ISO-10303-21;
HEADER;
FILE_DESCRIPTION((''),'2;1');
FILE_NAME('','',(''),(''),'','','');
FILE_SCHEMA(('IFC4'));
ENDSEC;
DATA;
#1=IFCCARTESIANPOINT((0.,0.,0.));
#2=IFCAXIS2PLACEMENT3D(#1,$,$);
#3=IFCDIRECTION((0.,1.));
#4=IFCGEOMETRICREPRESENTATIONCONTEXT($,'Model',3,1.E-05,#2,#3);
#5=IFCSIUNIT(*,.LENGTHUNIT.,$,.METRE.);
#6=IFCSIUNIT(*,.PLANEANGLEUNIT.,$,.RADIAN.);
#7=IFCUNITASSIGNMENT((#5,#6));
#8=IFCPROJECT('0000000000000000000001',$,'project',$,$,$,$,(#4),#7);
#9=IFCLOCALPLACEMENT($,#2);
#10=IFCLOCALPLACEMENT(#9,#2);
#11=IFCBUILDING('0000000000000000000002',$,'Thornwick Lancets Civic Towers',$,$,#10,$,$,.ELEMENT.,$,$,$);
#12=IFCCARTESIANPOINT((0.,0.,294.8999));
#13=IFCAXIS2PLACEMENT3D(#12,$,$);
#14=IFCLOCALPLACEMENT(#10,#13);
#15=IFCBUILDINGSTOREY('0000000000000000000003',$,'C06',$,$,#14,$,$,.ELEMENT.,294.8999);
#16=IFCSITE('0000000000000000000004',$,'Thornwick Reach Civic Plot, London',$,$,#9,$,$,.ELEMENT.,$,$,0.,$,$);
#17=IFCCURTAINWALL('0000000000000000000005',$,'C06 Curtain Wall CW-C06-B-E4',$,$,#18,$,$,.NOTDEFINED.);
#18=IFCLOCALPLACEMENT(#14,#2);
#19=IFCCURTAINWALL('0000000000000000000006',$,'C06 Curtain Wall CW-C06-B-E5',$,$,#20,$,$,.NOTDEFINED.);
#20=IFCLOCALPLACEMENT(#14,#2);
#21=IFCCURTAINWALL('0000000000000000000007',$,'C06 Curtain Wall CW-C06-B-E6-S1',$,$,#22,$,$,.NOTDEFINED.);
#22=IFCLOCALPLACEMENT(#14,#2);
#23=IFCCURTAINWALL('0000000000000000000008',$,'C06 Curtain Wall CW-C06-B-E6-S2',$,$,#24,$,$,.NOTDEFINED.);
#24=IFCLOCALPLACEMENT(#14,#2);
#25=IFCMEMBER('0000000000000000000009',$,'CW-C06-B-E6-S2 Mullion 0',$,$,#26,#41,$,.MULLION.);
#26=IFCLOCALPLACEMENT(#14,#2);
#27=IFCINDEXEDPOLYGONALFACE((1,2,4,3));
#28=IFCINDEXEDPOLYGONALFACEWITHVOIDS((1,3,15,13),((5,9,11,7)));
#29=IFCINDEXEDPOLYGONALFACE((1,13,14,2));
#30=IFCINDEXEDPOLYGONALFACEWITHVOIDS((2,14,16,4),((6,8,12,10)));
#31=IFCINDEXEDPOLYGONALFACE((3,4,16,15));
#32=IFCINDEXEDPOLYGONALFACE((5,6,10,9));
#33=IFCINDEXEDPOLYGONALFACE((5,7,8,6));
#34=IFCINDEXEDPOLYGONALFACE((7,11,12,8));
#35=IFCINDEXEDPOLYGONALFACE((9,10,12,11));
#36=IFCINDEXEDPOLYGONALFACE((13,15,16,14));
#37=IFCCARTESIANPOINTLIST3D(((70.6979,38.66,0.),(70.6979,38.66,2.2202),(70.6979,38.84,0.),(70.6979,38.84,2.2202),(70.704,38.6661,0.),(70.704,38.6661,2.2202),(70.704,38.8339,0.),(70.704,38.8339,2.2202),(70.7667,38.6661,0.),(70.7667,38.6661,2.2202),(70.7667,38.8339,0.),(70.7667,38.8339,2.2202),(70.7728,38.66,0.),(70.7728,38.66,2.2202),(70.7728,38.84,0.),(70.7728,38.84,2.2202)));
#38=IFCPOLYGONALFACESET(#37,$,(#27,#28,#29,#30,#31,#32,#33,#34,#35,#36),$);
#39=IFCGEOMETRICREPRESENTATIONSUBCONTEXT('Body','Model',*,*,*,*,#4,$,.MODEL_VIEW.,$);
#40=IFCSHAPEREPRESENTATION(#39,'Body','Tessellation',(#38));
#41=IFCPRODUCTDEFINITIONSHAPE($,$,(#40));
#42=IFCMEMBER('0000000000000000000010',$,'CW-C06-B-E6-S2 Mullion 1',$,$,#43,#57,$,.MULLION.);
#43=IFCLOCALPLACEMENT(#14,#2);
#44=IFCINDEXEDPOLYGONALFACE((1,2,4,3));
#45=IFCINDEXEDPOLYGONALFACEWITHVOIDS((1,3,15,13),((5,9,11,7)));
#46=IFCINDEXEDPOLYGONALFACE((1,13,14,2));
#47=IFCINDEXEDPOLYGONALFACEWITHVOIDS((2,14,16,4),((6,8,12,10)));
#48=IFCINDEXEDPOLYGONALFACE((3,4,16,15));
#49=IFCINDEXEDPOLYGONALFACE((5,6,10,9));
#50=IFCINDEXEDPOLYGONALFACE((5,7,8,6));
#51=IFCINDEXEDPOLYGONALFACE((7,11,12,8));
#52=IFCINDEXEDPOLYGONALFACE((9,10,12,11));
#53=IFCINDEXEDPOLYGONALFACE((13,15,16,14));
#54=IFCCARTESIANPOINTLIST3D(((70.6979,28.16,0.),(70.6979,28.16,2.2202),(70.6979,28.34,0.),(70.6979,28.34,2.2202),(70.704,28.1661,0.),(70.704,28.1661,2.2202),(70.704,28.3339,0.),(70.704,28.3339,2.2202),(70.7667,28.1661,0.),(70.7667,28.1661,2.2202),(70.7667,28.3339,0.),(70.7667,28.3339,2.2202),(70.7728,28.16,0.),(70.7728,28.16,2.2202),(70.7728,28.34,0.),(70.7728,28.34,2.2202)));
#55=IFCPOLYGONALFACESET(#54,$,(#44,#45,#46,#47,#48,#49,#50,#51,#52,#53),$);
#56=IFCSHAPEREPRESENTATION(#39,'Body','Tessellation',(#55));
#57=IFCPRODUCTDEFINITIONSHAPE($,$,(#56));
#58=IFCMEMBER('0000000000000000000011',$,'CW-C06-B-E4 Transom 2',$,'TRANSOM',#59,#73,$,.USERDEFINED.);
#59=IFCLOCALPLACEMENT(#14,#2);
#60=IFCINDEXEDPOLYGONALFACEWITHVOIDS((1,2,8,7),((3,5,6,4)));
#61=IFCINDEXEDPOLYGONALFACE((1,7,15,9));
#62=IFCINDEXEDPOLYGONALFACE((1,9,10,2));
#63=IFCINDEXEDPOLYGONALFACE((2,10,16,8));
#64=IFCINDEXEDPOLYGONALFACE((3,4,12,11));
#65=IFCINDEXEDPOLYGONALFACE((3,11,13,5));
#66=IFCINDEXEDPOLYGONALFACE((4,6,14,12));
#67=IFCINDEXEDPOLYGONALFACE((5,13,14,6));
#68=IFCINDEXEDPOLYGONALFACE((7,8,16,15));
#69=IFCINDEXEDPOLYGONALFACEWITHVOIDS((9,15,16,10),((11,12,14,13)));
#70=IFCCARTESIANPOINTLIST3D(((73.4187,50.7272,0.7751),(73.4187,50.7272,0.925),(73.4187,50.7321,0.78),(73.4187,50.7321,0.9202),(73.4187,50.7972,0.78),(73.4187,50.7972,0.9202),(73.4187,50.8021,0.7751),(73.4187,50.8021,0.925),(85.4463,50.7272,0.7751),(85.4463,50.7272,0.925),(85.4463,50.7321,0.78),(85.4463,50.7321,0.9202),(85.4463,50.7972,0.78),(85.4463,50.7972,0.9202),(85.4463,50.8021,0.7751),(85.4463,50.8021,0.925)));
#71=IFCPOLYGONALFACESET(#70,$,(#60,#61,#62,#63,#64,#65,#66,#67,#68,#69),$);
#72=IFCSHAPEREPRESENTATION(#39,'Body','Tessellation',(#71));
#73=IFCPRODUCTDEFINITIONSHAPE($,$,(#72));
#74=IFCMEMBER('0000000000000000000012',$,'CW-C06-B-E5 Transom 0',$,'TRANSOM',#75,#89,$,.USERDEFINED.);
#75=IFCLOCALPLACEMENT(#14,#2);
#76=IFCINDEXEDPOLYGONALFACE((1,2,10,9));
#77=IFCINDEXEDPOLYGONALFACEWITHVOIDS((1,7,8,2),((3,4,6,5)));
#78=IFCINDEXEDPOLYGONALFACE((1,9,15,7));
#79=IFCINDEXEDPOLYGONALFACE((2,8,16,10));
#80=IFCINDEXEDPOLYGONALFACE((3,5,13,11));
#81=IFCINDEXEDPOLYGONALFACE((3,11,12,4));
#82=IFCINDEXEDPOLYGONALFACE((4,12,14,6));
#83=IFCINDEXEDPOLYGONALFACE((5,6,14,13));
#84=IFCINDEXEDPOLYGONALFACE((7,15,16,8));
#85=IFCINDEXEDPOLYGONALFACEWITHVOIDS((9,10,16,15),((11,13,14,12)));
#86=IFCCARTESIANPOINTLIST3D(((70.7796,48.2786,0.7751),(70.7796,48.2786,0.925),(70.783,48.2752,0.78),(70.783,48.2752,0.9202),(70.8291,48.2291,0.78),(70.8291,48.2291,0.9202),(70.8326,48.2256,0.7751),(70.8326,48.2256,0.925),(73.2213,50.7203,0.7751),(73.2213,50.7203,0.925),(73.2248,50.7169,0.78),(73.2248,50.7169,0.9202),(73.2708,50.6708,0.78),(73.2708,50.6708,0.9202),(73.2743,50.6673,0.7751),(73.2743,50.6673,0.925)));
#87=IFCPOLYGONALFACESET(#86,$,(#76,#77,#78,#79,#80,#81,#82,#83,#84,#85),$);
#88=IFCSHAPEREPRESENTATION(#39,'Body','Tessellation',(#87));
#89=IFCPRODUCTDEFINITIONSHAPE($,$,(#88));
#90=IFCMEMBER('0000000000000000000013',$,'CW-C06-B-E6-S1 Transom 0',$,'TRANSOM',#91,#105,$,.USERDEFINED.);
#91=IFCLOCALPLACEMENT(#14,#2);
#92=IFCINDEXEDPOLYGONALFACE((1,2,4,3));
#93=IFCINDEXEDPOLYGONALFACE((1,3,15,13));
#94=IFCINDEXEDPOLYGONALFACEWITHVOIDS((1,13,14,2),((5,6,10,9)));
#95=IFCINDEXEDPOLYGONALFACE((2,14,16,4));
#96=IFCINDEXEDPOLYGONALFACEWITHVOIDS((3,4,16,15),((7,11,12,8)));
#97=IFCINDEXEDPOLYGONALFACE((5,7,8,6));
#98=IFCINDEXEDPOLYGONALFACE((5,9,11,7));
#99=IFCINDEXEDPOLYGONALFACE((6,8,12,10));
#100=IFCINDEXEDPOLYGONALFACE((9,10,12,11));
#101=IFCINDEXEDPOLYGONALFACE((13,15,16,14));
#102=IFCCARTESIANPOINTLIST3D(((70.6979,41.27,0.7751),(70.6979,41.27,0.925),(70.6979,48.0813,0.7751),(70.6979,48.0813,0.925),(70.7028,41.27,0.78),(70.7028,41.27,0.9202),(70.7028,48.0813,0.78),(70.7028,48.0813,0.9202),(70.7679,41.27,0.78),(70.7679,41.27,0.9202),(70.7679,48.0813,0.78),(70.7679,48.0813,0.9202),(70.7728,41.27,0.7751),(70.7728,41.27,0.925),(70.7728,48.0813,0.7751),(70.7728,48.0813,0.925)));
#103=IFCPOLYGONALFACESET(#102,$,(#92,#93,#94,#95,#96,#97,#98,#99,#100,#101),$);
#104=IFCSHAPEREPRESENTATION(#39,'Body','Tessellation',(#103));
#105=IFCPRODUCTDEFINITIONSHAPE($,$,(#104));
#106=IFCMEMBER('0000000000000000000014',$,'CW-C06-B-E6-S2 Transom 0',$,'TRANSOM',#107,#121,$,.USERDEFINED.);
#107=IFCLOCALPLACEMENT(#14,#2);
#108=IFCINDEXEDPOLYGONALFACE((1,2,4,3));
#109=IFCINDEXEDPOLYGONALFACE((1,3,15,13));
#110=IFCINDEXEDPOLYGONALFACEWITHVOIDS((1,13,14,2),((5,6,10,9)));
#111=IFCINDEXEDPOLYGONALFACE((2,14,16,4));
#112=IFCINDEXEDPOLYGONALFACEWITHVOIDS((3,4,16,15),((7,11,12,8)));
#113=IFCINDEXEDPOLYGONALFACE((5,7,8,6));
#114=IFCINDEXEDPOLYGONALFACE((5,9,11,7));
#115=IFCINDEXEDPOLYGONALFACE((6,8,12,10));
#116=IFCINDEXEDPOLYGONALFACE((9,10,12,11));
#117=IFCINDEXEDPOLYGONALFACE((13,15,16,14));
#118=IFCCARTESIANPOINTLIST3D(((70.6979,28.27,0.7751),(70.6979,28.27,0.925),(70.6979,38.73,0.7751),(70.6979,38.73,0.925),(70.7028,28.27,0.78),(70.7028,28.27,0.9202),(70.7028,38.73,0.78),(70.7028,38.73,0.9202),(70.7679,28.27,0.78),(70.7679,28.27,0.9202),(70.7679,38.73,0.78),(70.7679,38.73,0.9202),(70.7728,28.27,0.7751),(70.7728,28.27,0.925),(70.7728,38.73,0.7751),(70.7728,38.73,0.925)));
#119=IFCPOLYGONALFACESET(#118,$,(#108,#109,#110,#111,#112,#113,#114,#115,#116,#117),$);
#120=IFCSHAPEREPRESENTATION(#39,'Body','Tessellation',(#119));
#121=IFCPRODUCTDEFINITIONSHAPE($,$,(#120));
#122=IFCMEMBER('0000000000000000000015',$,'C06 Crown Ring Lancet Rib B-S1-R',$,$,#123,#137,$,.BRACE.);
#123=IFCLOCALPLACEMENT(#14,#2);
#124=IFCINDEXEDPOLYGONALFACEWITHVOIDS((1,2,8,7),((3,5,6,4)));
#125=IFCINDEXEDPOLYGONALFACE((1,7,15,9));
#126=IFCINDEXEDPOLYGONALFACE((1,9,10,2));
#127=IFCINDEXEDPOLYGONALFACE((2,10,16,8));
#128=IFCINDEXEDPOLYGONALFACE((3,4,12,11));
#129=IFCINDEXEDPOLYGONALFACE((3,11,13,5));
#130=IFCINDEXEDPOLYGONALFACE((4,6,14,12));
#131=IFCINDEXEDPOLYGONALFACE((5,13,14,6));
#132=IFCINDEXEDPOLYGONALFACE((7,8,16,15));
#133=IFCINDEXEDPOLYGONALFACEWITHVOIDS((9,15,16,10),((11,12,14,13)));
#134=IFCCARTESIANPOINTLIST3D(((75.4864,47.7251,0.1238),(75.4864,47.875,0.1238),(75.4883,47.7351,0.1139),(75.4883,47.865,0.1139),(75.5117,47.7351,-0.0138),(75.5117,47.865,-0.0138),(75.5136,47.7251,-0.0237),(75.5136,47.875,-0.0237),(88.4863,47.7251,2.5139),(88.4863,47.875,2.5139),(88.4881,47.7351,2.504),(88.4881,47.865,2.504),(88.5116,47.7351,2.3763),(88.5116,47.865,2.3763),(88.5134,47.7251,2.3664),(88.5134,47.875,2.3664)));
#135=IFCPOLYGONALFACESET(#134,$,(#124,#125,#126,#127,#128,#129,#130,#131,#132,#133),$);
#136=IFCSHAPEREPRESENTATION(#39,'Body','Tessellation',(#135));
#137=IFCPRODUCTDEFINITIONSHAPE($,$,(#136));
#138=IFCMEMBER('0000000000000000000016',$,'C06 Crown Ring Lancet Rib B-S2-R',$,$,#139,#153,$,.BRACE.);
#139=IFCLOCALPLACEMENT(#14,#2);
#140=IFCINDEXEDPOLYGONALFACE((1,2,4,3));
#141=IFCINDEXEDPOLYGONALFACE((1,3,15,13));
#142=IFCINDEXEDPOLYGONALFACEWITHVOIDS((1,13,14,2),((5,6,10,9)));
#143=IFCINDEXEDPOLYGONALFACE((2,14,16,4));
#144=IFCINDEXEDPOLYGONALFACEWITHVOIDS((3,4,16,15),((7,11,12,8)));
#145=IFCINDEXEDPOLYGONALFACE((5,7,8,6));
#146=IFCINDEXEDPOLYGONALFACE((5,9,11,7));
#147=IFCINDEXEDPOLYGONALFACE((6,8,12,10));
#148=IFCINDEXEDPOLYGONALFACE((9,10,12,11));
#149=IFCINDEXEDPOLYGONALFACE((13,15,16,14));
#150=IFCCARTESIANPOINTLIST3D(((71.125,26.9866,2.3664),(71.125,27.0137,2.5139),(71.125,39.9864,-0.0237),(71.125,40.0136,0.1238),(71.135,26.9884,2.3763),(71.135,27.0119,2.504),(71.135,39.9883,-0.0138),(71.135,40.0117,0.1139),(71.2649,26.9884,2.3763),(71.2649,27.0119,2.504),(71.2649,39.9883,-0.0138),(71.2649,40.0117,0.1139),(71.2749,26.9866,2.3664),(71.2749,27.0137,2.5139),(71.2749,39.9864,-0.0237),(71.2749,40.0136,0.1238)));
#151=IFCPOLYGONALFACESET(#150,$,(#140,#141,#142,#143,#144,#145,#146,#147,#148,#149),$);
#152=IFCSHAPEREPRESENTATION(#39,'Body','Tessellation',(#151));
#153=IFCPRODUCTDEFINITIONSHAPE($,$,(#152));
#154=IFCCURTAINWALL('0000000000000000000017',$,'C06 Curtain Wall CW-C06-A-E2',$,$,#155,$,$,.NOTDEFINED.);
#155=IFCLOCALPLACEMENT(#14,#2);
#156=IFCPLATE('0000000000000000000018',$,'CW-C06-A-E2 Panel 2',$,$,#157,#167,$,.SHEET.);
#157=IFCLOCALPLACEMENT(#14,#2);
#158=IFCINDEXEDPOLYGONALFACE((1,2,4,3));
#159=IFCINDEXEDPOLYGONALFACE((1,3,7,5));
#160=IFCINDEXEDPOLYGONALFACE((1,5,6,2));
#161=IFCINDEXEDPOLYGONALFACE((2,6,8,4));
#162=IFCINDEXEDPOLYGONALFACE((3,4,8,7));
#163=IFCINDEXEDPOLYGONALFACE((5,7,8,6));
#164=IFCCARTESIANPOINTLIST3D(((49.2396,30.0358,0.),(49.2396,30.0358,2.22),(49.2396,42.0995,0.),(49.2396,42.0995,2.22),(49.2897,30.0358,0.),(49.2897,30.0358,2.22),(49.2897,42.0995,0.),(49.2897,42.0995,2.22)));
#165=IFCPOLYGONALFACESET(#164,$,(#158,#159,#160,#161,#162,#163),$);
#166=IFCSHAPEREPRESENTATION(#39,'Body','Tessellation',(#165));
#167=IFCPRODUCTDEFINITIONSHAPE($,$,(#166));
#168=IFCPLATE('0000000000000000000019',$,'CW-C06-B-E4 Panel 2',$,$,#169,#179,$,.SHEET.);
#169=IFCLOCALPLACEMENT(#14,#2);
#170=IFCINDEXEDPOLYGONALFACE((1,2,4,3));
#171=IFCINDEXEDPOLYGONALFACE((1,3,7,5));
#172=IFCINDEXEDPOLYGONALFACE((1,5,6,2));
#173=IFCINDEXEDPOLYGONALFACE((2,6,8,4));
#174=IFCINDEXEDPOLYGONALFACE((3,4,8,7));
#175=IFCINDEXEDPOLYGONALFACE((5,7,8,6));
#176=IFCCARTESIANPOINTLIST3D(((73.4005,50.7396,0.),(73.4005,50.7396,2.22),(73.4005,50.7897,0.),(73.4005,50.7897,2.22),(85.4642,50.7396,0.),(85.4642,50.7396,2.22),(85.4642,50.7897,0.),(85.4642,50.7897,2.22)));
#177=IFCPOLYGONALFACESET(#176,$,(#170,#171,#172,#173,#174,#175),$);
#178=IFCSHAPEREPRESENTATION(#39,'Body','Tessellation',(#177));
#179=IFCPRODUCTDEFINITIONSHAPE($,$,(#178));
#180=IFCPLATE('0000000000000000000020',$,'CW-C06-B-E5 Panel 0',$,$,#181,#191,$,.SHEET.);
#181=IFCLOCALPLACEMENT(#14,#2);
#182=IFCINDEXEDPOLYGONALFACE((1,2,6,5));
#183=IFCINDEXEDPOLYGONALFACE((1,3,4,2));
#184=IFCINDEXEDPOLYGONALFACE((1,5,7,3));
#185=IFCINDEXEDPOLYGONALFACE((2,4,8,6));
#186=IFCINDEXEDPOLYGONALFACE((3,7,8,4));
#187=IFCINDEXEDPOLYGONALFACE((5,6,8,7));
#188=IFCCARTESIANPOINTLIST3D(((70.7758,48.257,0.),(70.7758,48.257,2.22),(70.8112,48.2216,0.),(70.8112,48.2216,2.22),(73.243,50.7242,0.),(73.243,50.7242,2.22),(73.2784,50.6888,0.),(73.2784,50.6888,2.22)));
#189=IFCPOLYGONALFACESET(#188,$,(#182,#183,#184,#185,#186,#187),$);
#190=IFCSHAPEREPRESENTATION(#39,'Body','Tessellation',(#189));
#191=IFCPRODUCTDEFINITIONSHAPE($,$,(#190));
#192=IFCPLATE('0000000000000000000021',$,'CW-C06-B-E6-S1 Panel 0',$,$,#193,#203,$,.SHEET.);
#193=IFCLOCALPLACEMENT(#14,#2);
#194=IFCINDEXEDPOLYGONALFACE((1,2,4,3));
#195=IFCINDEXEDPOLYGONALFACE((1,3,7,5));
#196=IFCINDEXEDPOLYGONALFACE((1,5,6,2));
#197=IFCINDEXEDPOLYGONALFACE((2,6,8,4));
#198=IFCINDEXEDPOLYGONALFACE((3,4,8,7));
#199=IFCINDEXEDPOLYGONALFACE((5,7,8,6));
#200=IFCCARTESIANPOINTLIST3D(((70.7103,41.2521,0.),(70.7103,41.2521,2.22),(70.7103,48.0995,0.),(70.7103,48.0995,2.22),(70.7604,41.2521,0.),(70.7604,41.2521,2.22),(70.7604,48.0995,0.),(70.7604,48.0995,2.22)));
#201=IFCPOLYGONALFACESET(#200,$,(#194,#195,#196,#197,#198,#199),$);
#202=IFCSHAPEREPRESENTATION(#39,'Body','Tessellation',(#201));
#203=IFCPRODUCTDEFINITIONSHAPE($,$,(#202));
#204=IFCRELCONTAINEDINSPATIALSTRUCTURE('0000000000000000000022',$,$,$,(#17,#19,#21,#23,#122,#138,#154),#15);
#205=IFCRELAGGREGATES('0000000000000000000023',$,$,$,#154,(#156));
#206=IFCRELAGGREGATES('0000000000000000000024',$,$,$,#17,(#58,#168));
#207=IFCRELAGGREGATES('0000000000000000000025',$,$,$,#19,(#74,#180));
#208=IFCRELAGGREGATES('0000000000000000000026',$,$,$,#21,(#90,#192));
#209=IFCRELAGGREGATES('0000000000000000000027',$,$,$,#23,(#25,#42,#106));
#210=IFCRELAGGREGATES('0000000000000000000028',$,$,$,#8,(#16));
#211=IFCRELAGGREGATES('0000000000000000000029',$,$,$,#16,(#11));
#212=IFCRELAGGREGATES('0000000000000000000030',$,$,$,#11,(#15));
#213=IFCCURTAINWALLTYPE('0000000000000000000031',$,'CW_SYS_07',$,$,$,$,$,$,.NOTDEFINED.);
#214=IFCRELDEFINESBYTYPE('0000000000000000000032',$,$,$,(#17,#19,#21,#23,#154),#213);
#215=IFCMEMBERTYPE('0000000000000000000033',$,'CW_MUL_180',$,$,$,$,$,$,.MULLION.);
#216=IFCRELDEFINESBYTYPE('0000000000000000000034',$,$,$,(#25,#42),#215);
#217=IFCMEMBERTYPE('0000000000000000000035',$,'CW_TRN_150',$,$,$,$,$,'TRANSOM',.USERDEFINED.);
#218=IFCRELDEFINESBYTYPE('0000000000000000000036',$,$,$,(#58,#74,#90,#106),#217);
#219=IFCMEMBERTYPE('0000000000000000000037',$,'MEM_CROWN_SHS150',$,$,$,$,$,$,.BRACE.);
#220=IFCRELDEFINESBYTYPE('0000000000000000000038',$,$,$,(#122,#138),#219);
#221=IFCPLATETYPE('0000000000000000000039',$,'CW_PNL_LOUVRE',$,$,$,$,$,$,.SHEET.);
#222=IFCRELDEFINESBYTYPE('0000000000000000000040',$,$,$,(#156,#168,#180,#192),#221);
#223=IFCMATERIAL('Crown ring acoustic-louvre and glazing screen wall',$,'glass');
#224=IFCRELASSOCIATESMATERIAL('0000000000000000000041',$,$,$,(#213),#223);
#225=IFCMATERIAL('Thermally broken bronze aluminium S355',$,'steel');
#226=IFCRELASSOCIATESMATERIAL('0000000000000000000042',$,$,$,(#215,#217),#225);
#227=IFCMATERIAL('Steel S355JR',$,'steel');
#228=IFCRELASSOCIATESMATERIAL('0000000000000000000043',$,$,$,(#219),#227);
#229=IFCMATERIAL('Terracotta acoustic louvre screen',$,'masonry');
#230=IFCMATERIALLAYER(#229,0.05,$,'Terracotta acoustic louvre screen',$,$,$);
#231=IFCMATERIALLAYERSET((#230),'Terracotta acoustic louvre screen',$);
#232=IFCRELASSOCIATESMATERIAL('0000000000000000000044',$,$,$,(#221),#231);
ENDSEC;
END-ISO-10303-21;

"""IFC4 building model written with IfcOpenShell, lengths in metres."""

from ifc_helpers import new_model, si_unit, direction, frame, origin, origin_2d, place, context, subcontext, project, spatial, rectangle, hollow_rectangle, extrude, material, layer, layer_set, material_profile, profile_set, type_object, element, aggregate, save


model = new_model("IFC4")

# Units and contexts
model_context = context("Model", 3, precision=1e-05, world=origin(), true_north=direction((0.0, 1.0)))
body_context = subcontext(model_context, "Body", "Model", "MODEL_VIEW")
ifc_project = project(units=[si_unit("LENGTHUNIT", "METRE"), si_unit("PLANEANGLEUNIT", "RADIAN")], contexts=[model_context])

# Site, building, storey
site_placement = place(None, origin())
site = spatial("IfcSite", under=ifc_project, at=site_placement, Name="Thornwick Reach Civic Plot, London", CompositionType="ELEMENT", RefElevation=0.0)
building_placement = place(site_placement, origin())
building = spatial("IfcBuilding", under=site, at=building_placement, Name="Thornwick Lancets Civic Towers", CompositionType="ELEMENT")
storey_placement = place(building_placement, frame((0.0, 0.0, 294.8999)))
storey = spatial("IfcBuildingStorey", under=building, at=storey_placement, Name="C06", CompositionType="ELEMENT", Elevation=294.8999)

# Shared definitions
ifc_material_1 = material(Name="Steel S355JR", Category="steel")

# Curtain walls, members
ifc_material_2 = material(Name="Crown ring acoustic-louvre and glazing screen wall", Category="glass")
curtain_wall_type = type_object("IfcCurtainWallType", Name="CW_SYS_07", PredefinedType="NOTDEFINED", material=ifc_material_2)
curtain_wall_1_placement = place(storey_placement, origin())
curtain_wall_1 = element("IfcCurtainWall", 1, at=curtain_wall_1_placement, inside=storey, type_object=curtain_wall_type, Name="C06 Curtain Wall CW-C06-B-E4", PredefinedType="NOTDEFINED")
ifc_material_3 = material(Name="Thermally broken bronze aluminium S355", Category="steel")
ifc_material_profile_1 = material_profile(ifc_material_3, hollow_rectangle(XDim=0.075, YDim=0.1799, WallThickness=0.0061, at=origin_2d()), Name="RHS 180x75x6")
ifc_profile_set_1 = profile_set([ifc_material_profile_1], Name="Thermally broken bronze aluminium S355")
member_type_1 = type_object("IfcMemberType", Name="CW_MUL_180", PredefinedType="MULLION", material=ifc_profile_set_1)
curtain_wall_2_placement = place(storey_placement, origin())
curtain_wall_2 = element("IfcCurtainWall", 2, at=curtain_wall_2_placement, inside=storey, type_object=curtain_wall_type, Name="C06 Curtain Wall CW-C06-B-E5", PredefinedType="NOTDEFINED")
curtain_wall_3_placement = place(storey_placement, origin())
curtain_wall_3 = element("IfcCurtainWall", 3, at=curtain_wall_3_placement, inside=storey, type_object=curtain_wall_type, Name="C06 Curtain Wall CW-C06-B-E6-S1", PredefinedType="NOTDEFINED")
curtain_wall_4_placement = place(storey_placement, origin())
curtain_wall_4 = element("IfcCurtainWall", 4, at=curtain_wall_4_placement, inside=storey, type_object=curtain_wall_type, Name="C06 Curtain Wall CW-C06-B-E6-S2", PredefinedType="NOTDEFINED")
member_1_placement = place(storey_placement, frame((70.7354, 38.75, 0.0), z_axis=(0.0, 0.0, 1.0), x_axis=(1.0, 0.0, 0.0)))
member_1 = element("IfcMember", 5, at=member_1_placement, type_object=member_type_1, Name="CW-C06-B-E6-S2 Mullion 0", PredefinedType="MULLION", context=body_context, shape_type="SweptSolid", body=[
    extrude(hollow_rectangle(XDim=0.075, YDim=0.1799, WallThickness=0.0061, at=origin_2d()), origin(), (0.0, 0.0, 1.0), 2.2202),
])
member_2_placement = place(storey_placement, frame((70.7354, 28.25, 0.0), z_axis=(0.0, 0.0, 1.0), x_axis=(1.0, 0.0, 0.0)))
member_2 = element("IfcMember", 6, at=member_2_placement, type_object=member_type_1, Name="CW-C06-B-E6-S2 Mullion 1", PredefinedType="MULLION", context=body_context, shape_type="SweptSolid", body=[
    extrude(hollow_rectangle(XDim=0.075, YDim=0.1799, WallThickness=0.0061, at=origin_2d()), origin(), (0.0, 0.0, 1.0), 2.2202),
])

# Members
ifc_material_profile_2 = material_profile(ifc_material_3, hollow_rectangle(XDim=0.075, YDim=0.1499, WallThickness=0.0049, at=origin_2d()), Name="RHS 150x75x5")
ifc_profile_set_2 = profile_set([ifc_material_profile_2], Name="Thermally broken bronze aluminium S355")
member_type_2 = type_object("IfcMemberType", Name="CW_TRN_150", ElementType="TRANSOM", PredefinedType="USERDEFINED", material=ifc_profile_set_2)
member_3_placement = place(storey_placement, frame((85.4463, 50.7646, 0.8501), z_axis=(-1.0, 0.0, 0.0), x_axis=(0.0, -1.0, 0.0)))
member_3 = element("IfcMember", 7, at=member_3_placement, type_object=member_type_2, Name="CW-C06-B-E4 Transom 2", ObjectType="TRANSOM", PredefinedType="USERDEFINED", context=body_context, shape_type="SweptSolid", body=[
    extrude(hollow_rectangle(XDim=0.075, YDim=0.1499, WallThickness=0.0049, at=origin_2d()), origin(), (0.0, 0.0, 1.0), 12.0276),
])
member_4_placement = place(storey_placement, frame((73.2478, 50.6938, 0.8501), z_axis=(-0.707107, -0.707107, 0.0), x_axis=(0.707107, -0.707107, 0.0)))
member_4 = element("IfcMember", 8, at=member_4_placement, type_object=member_type_2, Name="CW-C06-B-E5 Transom 0", ObjectType="TRANSOM", PredefinedType="USERDEFINED", context=body_context, shape_type="SweptSolid", body=[
    extrude(hollow_rectangle(XDim=0.075, YDim=0.1499, WallThickness=0.0049, at=origin_2d()), origin(), (0.0, 0.0, 1.0), 3.4531),
])
member_5_placement = place(storey_placement, frame((70.7354, 48.0813, 0.8501), z_axis=(0.0, -1.0, 0.0), x_axis=(1.0, 0.0, 0.0)))
member_5 = element("IfcMember", 9, at=member_5_placement, type_object=member_type_2, Name="CW-C06-B-E6-S1 Transom 0", ObjectType="TRANSOM", PredefinedType="USERDEFINED", context=body_context, shape_type="SweptSolid", body=[
    extrude(hollow_rectangle(XDim=0.075, YDim=0.1499, WallThickness=0.0049, at=origin_2d()), origin(), (0.0, 0.0, 1.0), 6.8113),
])
member_6_placement = place(storey_placement, frame((70.7354, 38.73, 0.8501), z_axis=(0.0, -1.0, 0.0), x_axis=(1.0, 0.0, 0.0)))
member_6 = element("IfcMember", 10, at=member_6_placement, type_object=member_type_2, Name="CW-C06-B-E6-S2 Transom 0", ObjectType="TRANSOM", PredefinedType="USERDEFINED", context=body_context, shape_type="SweptSolid", body=[
    extrude(hollow_rectangle(XDim=0.075, YDim=0.1499, WallThickness=0.0049, at=origin_2d()), origin(), (0.0, 0.0, 1.0), 10.46),
])

# Members
ifc_material_profile_3 = material_profile(ifc_material_1, hollow_rectangle(XDim=0.1499, YDim=0.1499, WallThickness=0.01, at=origin_2d()), Name="SHS 150x150x10")
ifc_profile_set_3 = profile_set([ifc_material_profile_3], Name="Steel S355JR")
member_type_3 = type_object("IfcMemberType", Name="MEM_CROWN_SHS150", PredefinedType="BRACE", material=ifc_profile_set_3)
for number, where, z_axis, x_axis, name in (
    (11, (75.5, 47.8, 0.05), (0.983515, 0.0, 0.180826), (0.0, 1.0, 0.0), "C06 Crown Ring Lancet Rib B-S1-R"),
    (12, (71.2, 40.0, 0.05), (0.0, -0.983515, 0.180826), (1.0, 0.0, 0.0), "C06 Crown Ring Lancet Rib B-S2-R"),
):
    element("IfcMember", number, at=place(storey_placement, frame(where, z_axis=z_axis, x_axis=x_axis)), inside=storey, type_object=member_type_3, Name=name, PredefinedType="BRACE", context=body_context, shape_type="SweptSolid", body=[
        extrude(hollow_rectangle(XDim=0.1499, YDim=0.1499, WallThickness=0.01, at=origin_2d()), origin(), (0.0, 0.0, 1.0), 13.2178),
    ])

# Curtain wall, plate
curtain_wall_5_placement = place(storey_placement, origin())
curtain_wall_5 = element("IfcCurtainWall", 13, at=curtain_wall_5_placement, inside=storey, type_object=curtain_wall_type, Name="C06 Curtain Wall CW-C06-A-E2", PredefinedType="NOTDEFINED")
ifc_material_4 = material(Name="Terracotta acoustic louvre screen", Category="masonry")
ifc_layer_1 = layer(ifc_material_4, 0.05, Name="Terracotta acoustic louvre screen")
ifc_layer_set_1 = layer_set([ifc_layer_1], Name="Terracotta acoustic louvre screen")
plate_type_1 = type_object("IfcPlateType", Name="CW_PNL_LOUVRE", PredefinedType="SHEET", material=ifc_layer_set_1)
plate_1_placement = place(storey_placement, frame((49.2646, 36.0676, 0.0), z_axis=(0.0, 0.0, 1.0), x_axis=(0.0, 1.0, 0.0)))
plate_1 = element("IfcPlate", 14, at=plate_1_placement, type_object=plate_type_1, Name="CW-C06-A-E2 Panel 2", PredefinedType="SHEET", context=body_context, shape_type="SweptSolid", body=[
    extrude(rectangle(XDim=12.0637, YDim=0.05, at=origin_2d()), origin(), (0.0, 0.0, 1.0), 2.22),
])
aggregate(curtain_wall_5, [plate_1])

# Plates
plate_2_placement = place(storey_placement, frame((79.4324, 50.7646, 0.0), z_axis=(0.0, 0.0, 1.0), x_axis=(-1.0, 0.0, 0.0)))
plate_2 = element("IfcPlate", 15, at=plate_2_placement, type_object=plate_type_1, Name="CW-C06-B-E4 Panel 2", PredefinedType="SHEET", context=body_context, shape_type="SweptSolid", body=[
    extrude(rectangle(XDim=12.0637, YDim=0.05, at=origin_2d()), origin(), (0.0, 0.0, 1.0), 2.22),
])
aggregate(curtain_wall_1, [member_3, plate_2])
plate_3_placement = place(storey_placement, frame((72.0271, 49.4729, 0.0), z_axis=(0.0, 0.0, 1.0), x_axis=(-0.707107, -0.707107, 0.0)))
plate_3 = element("IfcPlate", 16, at=plate_3_placement, type_object=plate_type_1, Name="CW-C06-B-E5 Panel 0", PredefinedType="SHEET", context=body_context, shape_type="SweptSolid", body=[
    extrude(rectangle(XDim=3.4893, YDim=0.05, at=origin_2d()), origin(), (0.0, 0.0, 1.0), 2.22),
])
aggregate(curtain_wall_2, [member_4, plate_3])
plate_4_placement = place(storey_placement, frame((70.7354, 44.6758, 0.0), z_axis=(0.0, 0.0, 1.0), x_axis=(0.0, -1.0, 0.0)))
plate_4 = element("IfcPlate", 17, at=plate_4_placement, type_object=plate_type_1, Name="CW-C06-B-E6-S1 Panel 0", PredefinedType="SHEET", context=body_context, shape_type="SweptSolid", body=[
    extrude(rectangle(XDim=6.8474, YDim=0.05, at=origin_2d()), origin(), (0.0, 0.0, 1.0), 2.22),
])
aggregate(curtain_wall_3, [member_5, plate_4])
aggregate(curtain_wall_4, [member_1, member_2, member_6])

save(model, "model.ifc")
